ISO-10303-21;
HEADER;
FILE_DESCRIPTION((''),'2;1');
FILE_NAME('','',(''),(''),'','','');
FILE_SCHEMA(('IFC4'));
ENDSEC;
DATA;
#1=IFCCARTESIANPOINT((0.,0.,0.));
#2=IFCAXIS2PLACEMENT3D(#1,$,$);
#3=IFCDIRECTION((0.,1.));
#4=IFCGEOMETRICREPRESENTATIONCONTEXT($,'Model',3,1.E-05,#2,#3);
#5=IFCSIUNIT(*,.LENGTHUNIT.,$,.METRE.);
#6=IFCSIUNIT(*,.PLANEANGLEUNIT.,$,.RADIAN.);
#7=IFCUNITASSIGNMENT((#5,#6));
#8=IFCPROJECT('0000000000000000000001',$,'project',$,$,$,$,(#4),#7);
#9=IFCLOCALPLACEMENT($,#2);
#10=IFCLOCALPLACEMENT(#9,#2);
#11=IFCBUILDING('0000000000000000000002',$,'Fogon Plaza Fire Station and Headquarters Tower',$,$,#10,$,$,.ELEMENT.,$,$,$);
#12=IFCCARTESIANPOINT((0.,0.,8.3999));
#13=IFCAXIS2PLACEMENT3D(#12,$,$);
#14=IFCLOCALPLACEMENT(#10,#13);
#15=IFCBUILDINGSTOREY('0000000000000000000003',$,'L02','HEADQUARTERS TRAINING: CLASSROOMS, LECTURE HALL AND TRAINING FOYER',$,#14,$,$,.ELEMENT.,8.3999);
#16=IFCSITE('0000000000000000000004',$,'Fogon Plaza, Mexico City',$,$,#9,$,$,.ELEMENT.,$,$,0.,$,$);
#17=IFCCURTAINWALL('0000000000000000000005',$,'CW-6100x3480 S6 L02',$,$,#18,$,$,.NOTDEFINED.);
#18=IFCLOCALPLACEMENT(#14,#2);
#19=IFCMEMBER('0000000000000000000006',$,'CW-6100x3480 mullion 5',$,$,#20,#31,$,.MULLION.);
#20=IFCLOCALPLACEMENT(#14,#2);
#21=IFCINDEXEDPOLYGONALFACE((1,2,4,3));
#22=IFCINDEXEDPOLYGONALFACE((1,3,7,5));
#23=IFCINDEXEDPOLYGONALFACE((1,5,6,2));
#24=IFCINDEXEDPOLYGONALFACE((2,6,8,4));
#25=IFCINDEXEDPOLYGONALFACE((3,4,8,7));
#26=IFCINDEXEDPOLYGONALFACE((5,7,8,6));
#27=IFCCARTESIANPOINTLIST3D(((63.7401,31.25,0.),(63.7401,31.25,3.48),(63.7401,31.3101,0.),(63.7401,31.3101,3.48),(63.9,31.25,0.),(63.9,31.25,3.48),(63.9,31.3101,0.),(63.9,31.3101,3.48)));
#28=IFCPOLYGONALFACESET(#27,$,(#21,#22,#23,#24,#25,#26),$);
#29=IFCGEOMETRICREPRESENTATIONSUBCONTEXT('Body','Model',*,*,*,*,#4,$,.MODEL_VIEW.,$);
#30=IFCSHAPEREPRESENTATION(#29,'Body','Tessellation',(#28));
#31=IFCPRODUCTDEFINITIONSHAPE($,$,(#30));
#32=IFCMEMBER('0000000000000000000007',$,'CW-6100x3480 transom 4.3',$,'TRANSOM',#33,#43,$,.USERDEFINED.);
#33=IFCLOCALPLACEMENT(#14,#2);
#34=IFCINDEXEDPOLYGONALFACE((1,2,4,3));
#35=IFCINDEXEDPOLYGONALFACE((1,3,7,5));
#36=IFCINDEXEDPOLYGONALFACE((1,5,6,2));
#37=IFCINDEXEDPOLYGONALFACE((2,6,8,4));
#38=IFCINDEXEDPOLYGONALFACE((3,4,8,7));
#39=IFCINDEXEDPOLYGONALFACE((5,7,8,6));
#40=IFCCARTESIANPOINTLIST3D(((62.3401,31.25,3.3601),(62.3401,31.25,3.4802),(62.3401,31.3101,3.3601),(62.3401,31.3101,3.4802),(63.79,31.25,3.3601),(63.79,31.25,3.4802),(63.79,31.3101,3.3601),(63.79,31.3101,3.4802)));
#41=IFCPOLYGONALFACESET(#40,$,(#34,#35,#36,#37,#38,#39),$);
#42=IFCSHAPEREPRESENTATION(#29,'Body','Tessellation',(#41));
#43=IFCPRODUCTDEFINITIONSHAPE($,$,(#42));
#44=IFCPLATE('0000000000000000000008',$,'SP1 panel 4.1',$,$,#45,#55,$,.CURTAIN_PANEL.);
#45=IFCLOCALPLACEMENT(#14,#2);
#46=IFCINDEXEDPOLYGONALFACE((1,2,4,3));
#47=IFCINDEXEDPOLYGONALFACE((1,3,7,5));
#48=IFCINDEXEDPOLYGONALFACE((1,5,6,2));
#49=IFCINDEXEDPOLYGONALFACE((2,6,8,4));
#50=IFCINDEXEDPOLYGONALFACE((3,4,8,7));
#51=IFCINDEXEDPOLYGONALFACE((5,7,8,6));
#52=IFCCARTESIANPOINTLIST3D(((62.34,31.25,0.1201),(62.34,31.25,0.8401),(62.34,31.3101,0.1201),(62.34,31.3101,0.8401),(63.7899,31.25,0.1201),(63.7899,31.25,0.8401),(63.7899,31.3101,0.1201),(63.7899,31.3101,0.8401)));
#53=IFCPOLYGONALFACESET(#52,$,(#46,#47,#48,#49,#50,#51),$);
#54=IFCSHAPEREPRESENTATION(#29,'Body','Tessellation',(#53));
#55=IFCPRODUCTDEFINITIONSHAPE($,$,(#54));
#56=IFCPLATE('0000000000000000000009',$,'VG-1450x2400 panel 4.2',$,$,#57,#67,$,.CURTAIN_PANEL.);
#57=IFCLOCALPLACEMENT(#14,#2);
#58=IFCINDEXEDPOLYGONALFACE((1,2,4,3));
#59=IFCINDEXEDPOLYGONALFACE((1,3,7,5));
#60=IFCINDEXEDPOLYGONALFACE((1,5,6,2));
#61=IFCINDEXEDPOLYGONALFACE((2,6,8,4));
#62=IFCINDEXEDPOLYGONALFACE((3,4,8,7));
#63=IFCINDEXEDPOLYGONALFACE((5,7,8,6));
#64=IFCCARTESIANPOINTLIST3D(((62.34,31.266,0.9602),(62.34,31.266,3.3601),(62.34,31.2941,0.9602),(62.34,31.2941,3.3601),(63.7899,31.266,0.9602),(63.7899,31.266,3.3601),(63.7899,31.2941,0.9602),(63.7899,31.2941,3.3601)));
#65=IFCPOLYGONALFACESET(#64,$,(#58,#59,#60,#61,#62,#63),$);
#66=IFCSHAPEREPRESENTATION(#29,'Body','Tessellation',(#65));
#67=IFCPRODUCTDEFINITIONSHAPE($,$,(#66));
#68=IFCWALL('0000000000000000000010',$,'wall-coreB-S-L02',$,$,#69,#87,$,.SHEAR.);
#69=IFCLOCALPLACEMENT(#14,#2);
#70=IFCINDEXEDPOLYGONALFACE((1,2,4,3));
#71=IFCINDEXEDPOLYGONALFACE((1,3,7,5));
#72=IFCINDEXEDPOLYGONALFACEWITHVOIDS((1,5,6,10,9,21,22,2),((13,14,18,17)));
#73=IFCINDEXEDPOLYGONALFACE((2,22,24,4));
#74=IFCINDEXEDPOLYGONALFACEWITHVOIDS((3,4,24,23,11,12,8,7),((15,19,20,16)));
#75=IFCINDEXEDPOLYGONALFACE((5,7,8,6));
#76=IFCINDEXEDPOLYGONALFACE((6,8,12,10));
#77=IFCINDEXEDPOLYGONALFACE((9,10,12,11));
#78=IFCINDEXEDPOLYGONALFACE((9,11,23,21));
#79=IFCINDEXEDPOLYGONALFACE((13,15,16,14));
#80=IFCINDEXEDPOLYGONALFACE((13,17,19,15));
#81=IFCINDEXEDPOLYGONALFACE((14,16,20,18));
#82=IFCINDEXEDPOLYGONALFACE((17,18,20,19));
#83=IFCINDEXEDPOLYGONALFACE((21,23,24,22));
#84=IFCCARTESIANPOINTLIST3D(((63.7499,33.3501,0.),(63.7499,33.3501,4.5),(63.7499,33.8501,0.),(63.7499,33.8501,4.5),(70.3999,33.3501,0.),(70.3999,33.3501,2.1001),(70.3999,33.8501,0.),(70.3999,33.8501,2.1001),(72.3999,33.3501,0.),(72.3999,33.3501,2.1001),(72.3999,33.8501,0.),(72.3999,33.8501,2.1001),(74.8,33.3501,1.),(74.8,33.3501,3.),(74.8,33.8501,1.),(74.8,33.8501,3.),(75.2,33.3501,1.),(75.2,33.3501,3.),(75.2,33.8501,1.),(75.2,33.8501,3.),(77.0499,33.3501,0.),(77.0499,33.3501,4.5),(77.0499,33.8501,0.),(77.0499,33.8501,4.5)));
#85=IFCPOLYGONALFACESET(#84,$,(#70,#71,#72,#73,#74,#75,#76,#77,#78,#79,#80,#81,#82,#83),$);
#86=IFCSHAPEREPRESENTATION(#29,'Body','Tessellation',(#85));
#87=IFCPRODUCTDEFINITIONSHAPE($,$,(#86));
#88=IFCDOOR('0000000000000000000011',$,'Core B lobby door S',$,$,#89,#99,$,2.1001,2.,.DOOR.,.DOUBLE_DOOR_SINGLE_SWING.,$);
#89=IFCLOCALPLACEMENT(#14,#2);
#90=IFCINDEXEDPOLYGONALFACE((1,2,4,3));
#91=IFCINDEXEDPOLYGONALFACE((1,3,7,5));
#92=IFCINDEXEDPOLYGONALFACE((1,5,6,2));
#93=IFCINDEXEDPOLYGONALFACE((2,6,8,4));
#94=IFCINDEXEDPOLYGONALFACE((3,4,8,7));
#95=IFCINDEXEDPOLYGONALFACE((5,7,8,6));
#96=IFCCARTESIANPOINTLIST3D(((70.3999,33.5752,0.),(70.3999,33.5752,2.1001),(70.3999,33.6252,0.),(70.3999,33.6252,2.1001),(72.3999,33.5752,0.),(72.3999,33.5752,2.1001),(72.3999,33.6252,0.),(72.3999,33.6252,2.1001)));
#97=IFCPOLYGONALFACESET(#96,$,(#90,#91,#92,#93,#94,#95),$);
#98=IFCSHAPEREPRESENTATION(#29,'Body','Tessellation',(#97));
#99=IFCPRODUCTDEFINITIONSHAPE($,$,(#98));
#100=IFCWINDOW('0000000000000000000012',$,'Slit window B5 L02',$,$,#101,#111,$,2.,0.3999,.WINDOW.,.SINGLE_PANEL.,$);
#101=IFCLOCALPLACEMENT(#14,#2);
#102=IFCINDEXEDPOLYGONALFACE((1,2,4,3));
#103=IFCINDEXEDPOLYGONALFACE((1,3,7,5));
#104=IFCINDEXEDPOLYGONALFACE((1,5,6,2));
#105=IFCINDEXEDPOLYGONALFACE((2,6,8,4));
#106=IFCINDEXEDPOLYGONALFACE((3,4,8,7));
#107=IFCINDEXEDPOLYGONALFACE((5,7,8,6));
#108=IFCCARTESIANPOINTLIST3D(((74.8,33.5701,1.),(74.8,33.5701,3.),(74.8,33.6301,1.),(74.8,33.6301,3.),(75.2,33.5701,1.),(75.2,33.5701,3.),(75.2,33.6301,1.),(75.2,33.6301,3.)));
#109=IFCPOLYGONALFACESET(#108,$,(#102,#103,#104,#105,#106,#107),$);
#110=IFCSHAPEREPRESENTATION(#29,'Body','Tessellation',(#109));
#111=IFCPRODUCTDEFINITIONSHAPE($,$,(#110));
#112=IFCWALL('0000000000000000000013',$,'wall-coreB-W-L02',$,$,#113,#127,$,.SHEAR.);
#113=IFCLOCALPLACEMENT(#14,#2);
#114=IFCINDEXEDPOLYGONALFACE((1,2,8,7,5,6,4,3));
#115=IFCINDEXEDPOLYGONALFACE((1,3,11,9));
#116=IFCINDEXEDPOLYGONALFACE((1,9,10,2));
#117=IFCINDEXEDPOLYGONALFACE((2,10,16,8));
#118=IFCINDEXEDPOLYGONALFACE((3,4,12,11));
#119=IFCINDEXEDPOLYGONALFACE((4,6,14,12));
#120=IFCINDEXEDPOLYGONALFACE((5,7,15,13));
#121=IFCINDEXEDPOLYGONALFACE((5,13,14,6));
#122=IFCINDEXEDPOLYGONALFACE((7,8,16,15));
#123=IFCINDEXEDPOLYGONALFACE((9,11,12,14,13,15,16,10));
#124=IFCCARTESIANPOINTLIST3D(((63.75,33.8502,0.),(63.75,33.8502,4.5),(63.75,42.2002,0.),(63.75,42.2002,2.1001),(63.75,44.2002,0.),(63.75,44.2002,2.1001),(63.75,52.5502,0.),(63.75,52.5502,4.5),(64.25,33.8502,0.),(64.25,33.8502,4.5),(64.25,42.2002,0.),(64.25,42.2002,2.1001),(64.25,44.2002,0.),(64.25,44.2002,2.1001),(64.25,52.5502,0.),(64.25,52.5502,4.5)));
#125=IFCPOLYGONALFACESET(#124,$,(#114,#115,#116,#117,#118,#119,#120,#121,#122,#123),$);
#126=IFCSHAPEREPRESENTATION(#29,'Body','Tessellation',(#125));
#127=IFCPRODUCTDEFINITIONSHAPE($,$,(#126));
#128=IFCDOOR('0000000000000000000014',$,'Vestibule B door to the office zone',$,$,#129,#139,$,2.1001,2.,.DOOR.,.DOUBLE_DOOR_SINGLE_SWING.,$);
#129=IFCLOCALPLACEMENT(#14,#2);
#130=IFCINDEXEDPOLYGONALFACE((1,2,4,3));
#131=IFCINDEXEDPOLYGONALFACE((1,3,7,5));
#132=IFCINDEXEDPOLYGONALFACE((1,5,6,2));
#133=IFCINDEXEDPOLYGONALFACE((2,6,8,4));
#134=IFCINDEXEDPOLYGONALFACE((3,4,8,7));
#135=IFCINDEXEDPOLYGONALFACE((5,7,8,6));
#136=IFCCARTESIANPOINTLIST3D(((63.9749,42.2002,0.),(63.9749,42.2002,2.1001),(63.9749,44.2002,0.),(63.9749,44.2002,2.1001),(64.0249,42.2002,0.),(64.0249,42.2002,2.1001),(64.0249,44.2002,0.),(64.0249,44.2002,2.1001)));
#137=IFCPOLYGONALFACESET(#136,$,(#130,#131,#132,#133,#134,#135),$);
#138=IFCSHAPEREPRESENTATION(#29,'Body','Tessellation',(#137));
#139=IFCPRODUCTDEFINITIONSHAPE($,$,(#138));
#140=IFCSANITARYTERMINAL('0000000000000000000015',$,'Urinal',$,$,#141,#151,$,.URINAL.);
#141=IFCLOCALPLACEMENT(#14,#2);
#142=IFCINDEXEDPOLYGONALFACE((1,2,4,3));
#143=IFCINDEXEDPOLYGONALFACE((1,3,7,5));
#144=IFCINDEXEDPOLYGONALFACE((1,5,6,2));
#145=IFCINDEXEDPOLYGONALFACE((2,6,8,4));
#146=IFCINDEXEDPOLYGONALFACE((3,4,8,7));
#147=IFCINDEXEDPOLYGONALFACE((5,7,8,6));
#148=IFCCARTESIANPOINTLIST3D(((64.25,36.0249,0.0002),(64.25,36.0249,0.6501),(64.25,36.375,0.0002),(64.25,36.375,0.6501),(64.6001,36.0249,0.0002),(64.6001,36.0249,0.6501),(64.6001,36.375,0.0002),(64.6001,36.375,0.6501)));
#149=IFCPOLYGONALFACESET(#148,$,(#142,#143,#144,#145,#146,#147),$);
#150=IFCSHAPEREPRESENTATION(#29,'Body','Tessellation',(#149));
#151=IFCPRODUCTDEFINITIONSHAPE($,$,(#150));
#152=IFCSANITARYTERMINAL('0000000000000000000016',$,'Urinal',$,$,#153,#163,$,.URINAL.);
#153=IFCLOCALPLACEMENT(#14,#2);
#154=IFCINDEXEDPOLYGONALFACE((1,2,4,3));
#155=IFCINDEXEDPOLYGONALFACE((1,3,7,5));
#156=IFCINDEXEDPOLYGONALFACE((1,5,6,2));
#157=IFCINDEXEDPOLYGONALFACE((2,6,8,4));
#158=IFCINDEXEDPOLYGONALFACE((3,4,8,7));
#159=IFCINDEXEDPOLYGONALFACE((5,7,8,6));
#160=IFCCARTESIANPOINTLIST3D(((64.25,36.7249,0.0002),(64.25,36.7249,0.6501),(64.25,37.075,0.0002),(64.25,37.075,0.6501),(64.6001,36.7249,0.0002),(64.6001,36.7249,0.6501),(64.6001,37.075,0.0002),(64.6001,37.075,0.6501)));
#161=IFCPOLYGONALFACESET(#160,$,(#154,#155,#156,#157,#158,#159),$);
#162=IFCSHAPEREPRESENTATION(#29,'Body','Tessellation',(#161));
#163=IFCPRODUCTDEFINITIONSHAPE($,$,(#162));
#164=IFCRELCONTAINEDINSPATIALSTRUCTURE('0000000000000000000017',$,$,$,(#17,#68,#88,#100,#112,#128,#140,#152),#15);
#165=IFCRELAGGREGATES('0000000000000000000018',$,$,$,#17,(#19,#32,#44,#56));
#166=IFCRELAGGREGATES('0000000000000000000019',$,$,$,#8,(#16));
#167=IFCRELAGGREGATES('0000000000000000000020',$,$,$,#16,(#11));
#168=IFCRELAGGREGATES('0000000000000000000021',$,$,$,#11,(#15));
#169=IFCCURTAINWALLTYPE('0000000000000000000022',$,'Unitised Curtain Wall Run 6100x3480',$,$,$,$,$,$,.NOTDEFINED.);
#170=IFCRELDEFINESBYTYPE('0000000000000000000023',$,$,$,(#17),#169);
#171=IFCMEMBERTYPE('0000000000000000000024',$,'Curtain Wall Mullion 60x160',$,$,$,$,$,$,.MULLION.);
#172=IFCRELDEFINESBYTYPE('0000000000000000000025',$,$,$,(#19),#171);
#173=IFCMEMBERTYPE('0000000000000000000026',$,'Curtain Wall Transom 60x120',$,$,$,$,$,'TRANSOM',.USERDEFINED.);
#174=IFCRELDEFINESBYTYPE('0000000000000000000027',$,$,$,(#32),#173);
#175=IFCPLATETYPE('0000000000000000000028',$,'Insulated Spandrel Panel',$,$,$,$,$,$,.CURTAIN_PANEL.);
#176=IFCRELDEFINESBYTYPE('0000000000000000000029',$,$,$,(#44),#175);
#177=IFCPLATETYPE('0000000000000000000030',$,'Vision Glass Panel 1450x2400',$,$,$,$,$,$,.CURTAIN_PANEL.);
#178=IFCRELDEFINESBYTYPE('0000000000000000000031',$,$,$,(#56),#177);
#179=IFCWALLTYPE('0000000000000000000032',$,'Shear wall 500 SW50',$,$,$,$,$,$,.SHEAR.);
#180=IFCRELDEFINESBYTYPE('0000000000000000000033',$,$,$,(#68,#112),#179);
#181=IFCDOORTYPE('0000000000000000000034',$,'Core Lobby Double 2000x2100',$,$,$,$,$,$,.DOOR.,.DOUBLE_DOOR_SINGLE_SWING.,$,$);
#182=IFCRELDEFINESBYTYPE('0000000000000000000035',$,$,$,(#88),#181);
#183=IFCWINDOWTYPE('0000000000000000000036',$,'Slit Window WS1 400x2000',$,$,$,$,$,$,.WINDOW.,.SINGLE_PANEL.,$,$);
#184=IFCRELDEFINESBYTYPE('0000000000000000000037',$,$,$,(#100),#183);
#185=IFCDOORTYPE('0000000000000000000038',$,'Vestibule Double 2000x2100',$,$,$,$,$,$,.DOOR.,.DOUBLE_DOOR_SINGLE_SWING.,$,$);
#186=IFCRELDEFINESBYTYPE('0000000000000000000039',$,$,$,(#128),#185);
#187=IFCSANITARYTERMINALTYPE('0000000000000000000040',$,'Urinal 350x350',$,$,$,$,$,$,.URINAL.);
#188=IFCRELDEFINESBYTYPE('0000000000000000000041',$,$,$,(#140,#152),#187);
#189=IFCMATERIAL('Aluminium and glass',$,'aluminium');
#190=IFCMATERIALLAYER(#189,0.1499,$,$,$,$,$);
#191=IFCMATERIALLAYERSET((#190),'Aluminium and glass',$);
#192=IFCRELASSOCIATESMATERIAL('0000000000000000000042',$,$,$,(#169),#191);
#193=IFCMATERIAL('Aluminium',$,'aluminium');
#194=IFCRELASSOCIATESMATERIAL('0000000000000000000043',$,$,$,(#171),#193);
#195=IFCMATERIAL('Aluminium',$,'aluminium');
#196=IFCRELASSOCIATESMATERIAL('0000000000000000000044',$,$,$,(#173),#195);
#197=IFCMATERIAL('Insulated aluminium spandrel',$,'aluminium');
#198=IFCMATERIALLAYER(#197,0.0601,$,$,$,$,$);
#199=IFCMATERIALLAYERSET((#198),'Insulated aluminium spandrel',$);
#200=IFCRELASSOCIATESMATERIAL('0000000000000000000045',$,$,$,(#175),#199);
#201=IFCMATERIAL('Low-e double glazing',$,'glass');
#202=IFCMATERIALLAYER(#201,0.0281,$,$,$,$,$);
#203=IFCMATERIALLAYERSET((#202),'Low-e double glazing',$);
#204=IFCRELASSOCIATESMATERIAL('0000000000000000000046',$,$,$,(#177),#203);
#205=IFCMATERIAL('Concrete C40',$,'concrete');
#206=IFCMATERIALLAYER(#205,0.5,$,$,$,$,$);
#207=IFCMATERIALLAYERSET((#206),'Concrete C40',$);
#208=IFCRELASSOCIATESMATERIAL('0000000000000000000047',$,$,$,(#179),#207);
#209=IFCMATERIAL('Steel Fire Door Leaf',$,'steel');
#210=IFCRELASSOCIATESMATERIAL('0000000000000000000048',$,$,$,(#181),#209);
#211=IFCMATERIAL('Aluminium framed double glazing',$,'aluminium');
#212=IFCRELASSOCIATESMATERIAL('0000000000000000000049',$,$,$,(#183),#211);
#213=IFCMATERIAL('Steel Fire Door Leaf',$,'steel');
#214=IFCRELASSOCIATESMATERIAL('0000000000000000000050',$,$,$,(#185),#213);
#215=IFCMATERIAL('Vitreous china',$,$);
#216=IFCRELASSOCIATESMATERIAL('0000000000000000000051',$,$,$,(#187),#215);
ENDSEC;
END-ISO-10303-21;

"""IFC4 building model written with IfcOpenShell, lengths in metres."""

from ifc_helpers import new_model, si_unit, direction, frame, frame_2d, origin, origin_2d, place, context, subcontext, project, spatial, rectangle, extrude, material, layer, layer_set, material_profile, profile_set, type_object, element, fill, aggregate, save


model = new_model("IFC4")

# Units and contexts
model_context = context("Model", 3, precision=1e-05, world=origin(), true_north=direction((0.0, 1.0)))
body_context = subcontext(model_context, "Body", "Model", "MODEL_VIEW")
ifc_project = project(units=[si_unit("LENGTHUNIT", "METRE"), si_unit("PLANEANGLEUNIT", "RADIAN")], contexts=[model_context])

# Site, building, storey
site_placement = place(None, origin())
site = spatial("IfcSite", under=ifc_project, at=site_placement, Name="Fogon Plaza, Mexico City", CompositionType="ELEMENT", RefElevation=0.0)
building_placement = place(site_placement, origin())
building = spatial("IfcBuilding", under=site, at=building_placement, Name="Fogon Plaza Fire Station and Headquarters Tower", CompositionType="ELEMENT")
storey_placement = place(building_placement, frame((0.0, 0.0, 8.3999)))
storey = spatial("IfcBuildingStorey", under=building, at=storey_placement, Name="L02", Description="HEADQUARTERS TRAINING: CLASSROOMS, LECTURE HALL AND TRAINING FOYER", CompositionType="ELEMENT", Elevation=8.3999)

# Curtain wall, members, plates
ifc_material_1 = material(Name="Aluminium and glass", Category="aluminium")
ifc_layer_1 = layer(ifc_material_1, 0.1499)
ifc_layer_set_1 = layer_set([ifc_layer_1], Name="Aluminium and glass")
curtain_wall_type = type_object("IfcCurtainWallType", Name="Unitised Curtain Wall Run 6100x3480", PredefinedType="NOTDEFINED", material=ifc_layer_set_1)
curtain_wall_placement = place(storey_placement, origin())
curtain_wall = element("IfcCurtainWall", 1, at=curtain_wall_placement, inside=storey, type_object=curtain_wall_type, Name="CW-6100x3480 S6 L02", PredefinedType="NOTDEFINED")
ifc_material_2 = material(Name="Aluminium", Category="aluminium")
ifc_material_profile_1 = material_profile(ifc_material_2, rectangle(XDim=0.0601, YDim=0.1599, at=origin_2d()), Name="Curtain Wall Mullion 60x160")
ifc_profile_set_1 = profile_set([ifc_material_profile_1], Name="Aluminium")
member_type_1 = type_object("IfcMemberType", Name="Curtain Wall Mullion 60x160", PredefinedType="MULLION", material=ifc_profile_set_1)
member_1_placement = place(storey_placement, frame((63.8201, 31.28, 0.0), z_axis=(0.0, 0.0, 1.0), x_axis=(0.0, 1.0, 0.0)))
member_1 = element("IfcMember", 2, at=member_1_placement, type_object=member_type_1, Name="CW-6100x3480 mullion 5", PredefinedType="MULLION", context=body_context, shape_type="SweptSolid", body=[
    extrude(rectangle(XDim=0.0601, YDim=0.1599, at=origin_2d()), origin(), (0.0, 0.0, 1.0), 3.48),
])
ifc_material_3 = material(Name="Aluminium", Category="aluminium")
ifc_material_profile_2 = material_profile(ifc_material_3, rectangle(XDim=0.0601, YDim=0.1201, at=origin_2d()), Name="Curtain Wall Transom 60x120")
ifc_profile_set_2 = profile_set([ifc_material_profile_2], Name="Aluminium")
member_type_2 = type_object("IfcMemberType", Name="Curtain Wall Transom 60x120", ElementType="TRANSOM", PredefinedType="USERDEFINED", material=ifc_profile_set_2)
member_2_placement = place(storey_placement, frame((62.3401, 31.28, 3.4202), z_axis=(1.0, 0.0, 0.0), x_axis=(0.0, 1.0, 0.0)))
member_2 = element("IfcMember", 3, at=member_2_placement, type_object=member_type_2, Name="CW-6100x3480 transom 4.3", ObjectType="TRANSOM", PredefinedType="USERDEFINED", context=body_context, shape_type="SweptSolid", body=[
    extrude(rectangle(XDim=0.0601, YDim=0.1201, at=origin_2d()), origin(), (0.0, 0.0, 1.0), 1.45),
])
ifc_material_4 = material(Name="Insulated aluminium spandrel", Category="aluminium")
ifc_layer_2 = layer(ifc_material_4, 0.0601)
ifc_layer_set_2 = layer_set([ifc_layer_2], Name="Insulated aluminium spandrel")
plate_type_1 = type_object("IfcPlateType", Name="Insulated Spandrel Panel", PredefinedType="CURTAIN_PANEL", material=ifc_layer_set_2)
plate_1_placement = place(storey_placement, frame((63.0649, 31.28, 0.1201), z_axis=(0.0, 0.0, 1.0), x_axis=(1.0, 0.0, 0.0)))
plate_1 = element("IfcPlate", 4, at=plate_1_placement, type_object=plate_type_1, Name="SP1 panel 4.1", PredefinedType="CURTAIN_PANEL", context=body_context, shape_type="SweptSolid", body=[
    extrude(rectangle(XDim=1.45, YDim=0.0601, at=origin_2d()), origin(), (0.0, 0.0, 1.0), 0.72),
])
ifc_material_5 = material(Name="Low-e double glazing", Category="glass")
ifc_layer_3 = layer(ifc_material_5, 0.0281)
ifc_layer_set_3 = layer_set([ifc_layer_3], Name="Low-e double glazing")
plate_type_2 = type_object("IfcPlateType", Name="Vision Glass Panel 1450x2400", PredefinedType="CURTAIN_PANEL", material=ifc_layer_set_3)
plate_2_placement = place(storey_placement, frame((63.0649, 31.28, 0.9602), z_axis=(0.0, 0.0, 1.0), x_axis=(1.0, 0.0, 0.0)))
plate_2 = element("IfcPlate", 5, at=plate_2_placement, type_object=plate_type_2, Name="VG-1450x2400 panel 4.2", PredefinedType="CURTAIN_PANEL", context=body_context, shape_type="SweptSolid", body=[
    extrude(rectangle(XDim=1.45, YDim=0.0281, at=origin_2d()), origin(), (0.0, 0.0, 1.0), 2.3999),
])
aggregate(curtain_wall, [member_1, member_2, plate_1, plate_2])

# Wall, openings, door, window
ifc_material_6 = material(Name="Concrete C40", Category="concrete")
ifc_layer_4 = layer(ifc_material_6, 0.5)
ifc_layer_set_4 = layer_set([ifc_layer_4], Name="Concrete C40")
wall_type = type_object("IfcWallType", Name="Shear wall 500 SW50", PredefinedType="SHEAR", material=ifc_layer_set_4)
wall_1_placement = place(storey_placement, frame((63.75, 33.6001, 0.0), z_axis=(0.0, 0.0, 1.0), x_axis=(1.0, 0.0, 0.0)))
wall_1 = element("IfcWall", 6, at=wall_1_placement, inside=storey, type_object=wall_type, Name="wall-coreB-S-L02", PredefinedType="SHEAR", context=body_context, shape_type="SweptSolid", body=[
    extrude(rectangle(XDim=13.3, YDim=0.5, at=frame_2d((6.6499, 0.0))), origin(), (0.0, 0.0, 1.0), 4.5),
])
opening_1_placement = place(wall_1_placement, frame((11.05, 0.0, 1.0)))
opening_1 = element("IfcOpeningElement", 7, at=opening_1_placement, cuts=wall_1, PredefinedType="OPENING", context=body_context, shape_type="SweptSolid", body=[
    extrude(rectangle(XDim=0.3999, YDim=2.0, at=frame_2d((0.2, 1.0))), frame((0.0, 0.26, 0.0), z_axis=(0.0, -1.0, 0.0), x_axis=(1.0, 0.0, 0.0)), (0.0, 0.0, 1.0), 0.52),
])
opening_2_placement = place(wall_1_placement, frame((6.6499, 0.0, 0.0)))
opening_2 = element("IfcOpeningElement", 8, at=opening_2_placement, cuts=wall_1, PredefinedType="OPENING", context=body_context, shape_type="SweptSolid", body=[
    extrude(rectangle(XDim=2.0, YDim=2.1001, at=frame_2d((1.0, 1.05))), frame((0.0, 0.26, 0.0), z_axis=(0.0, -1.0, 0.0), x_axis=(1.0, 0.0, 0.0)), (0.0, 0.0, 1.0), 0.52),
])
ifc_material_7 = material(Name="Steel Fire Door Leaf", Category="steel")
door_type_1 = type_object("IfcDoorType", Name="Core Lobby Double 2000x2100", OperationType="DOUBLE_DOOR_SINGLE_SWING", PredefinedType="DOOR", material=ifc_material_7)
door_1_placement = place(opening_2_placement, frame((2.0, 0.0, 0.0), z_axis=(0.0, 0.0, 1.0), x_axis=(-1.0, 0.0, 0.0)))
door_1 = element("IfcDoor", 9, at=door_1_placement, inside=storey, type_object=door_type_1, Name="Core B lobby door S", OperationType="DOUBLE_DOOR_SINGLE_SWING", OverallHeight=2.1001, OverallWidth=2.0, PredefinedType="DOOR", context=body_context, shape_type="SweptSolid", body=[
    extrude(rectangle(XDim=2.0, YDim=2.1001, at=frame_2d((1.0, 1.05))), frame((0.0, 0.0249, 0.0), z_axis=(0.0, -1.0, 0.0), x_axis=(1.0, 0.0, 0.0)), (0.0, 0.0, 1.0), 0.05),
])
fill(opening_2, door_1)
ifc_material_8 = material(Name="Aluminium framed double glazing", Category="aluminium")
window_type = type_object("IfcWindowType", Name="Slit Window WS1 400x2000", PartitioningType="SINGLE_PANEL", PredefinedType="WINDOW", material=ifc_material_8)
window_placement = place(opening_1_placement, origin())
window = element("IfcWindow", 10, at=window_placement, inside=storey, type_object=window_type, Name="Slit window B5 L02", OverallHeight=2.0, OverallWidth=0.3999, PartitioningType="SINGLE_PANEL", PredefinedType="WINDOW", context=body_context, shape_type="SweptSolid", body=[
    extrude(rectangle(XDim=0.3999, YDim=2.0, at=frame_2d((0.2, 1.0))), frame((0.0, 0.03, 0.0), z_axis=(0.0, -1.0, 0.0), x_axis=(1.0, 0.0, 0.0)), (0.0, 0.0, 1.0), 0.0601),
])
fill(opening_1, window)

# Wall, opening, door
wall_2_placement = place(storey_placement, frame((64.0, 33.8501, 0.0), z_axis=(0.0, 0.0, 1.0), x_axis=(0.0, 1.0, 0.0)))
wall_2 = element("IfcWall", 11, at=wall_2_placement, inside=storey, type_object=wall_type, Name="wall-coreB-W-L02", PredefinedType="SHEAR", context=body_context, shape_type="SweptSolid", body=[
    extrude(rectangle(XDim=18.7, YDim=0.5, at=frame_2d((9.3501, 0.0))), origin(), (0.0, 0.0, 1.0), 4.5),
])
opening_3_placement = place(wall_2_placement, frame((8.3501, 0.0, 0.0)))
opening_3 = element("IfcOpeningElement", 12, at=opening_3_placement, cuts=wall_2, PredefinedType="OPENING", context=body_context, shape_type="SweptSolid", body=[
    extrude(rectangle(XDim=2.0, YDim=2.1001, at=frame_2d((1.0, 1.05))), frame((0.0, 0.26, 0.0), z_axis=(0.0, -1.0, 0.0), x_axis=(1.0, 0.0, 0.0)), (0.0, 0.0, 1.0), 0.52),
])
ifc_material_9 = material(Name="Steel Fire Door Leaf", Category="steel")
door_type_2 = type_object("IfcDoorType", Name="Vestibule Double 2000x2100", OperationType="DOUBLE_DOOR_SINGLE_SWING", PredefinedType="DOOR", material=ifc_material_9)
door_2_placement = place(opening_3_placement, frame((2.0, 0.0, 0.0), z_axis=(0.0, 0.0, 1.0), x_axis=(-1.0, 0.0, 0.0)))
door_2 = element("IfcDoor", 13, at=door_2_placement, inside=storey, type_object=door_type_2, Name="Vestibule B door to the office zone", OperationType="DOUBLE_DOOR_SINGLE_SWING", OverallHeight=2.1001, OverallWidth=2.0, PredefinedType="DOOR", context=body_context, shape_type="SweptSolid", body=[
    extrude(rectangle(XDim=2.0, YDim=2.1001, at=frame_2d((1.0, 1.05))), frame((0.0, 0.0249, 0.0), z_axis=(0.0, -1.0, 0.0), x_axis=(1.0, 0.0, 0.0)), (0.0, 0.0, 1.0), 0.05),
])
fill(opening_3, door_2)

# Sanitary terminals
ifc_material_10 = material(Name="Vitreous china")
sanitary_terminal_type_1 = type_object("IfcSanitaryTerminalType", Name="Urinal 350x350", PredefinedType="URINAL", material=ifc_material_10)
for number, where, z_axis, x_axis, name in (
    (14, (64.425, 36.2, 0.0002), (0.0, 0.0, 1.0), (1.0, 0.0, 0.0), "Urinal"),
    (15, (64.425, 36.8999, 0.0002), (0.0, 0.0, 1.0), (1.0, 0.0, 0.0), "Urinal"),
):
    element("IfcSanitaryTerminal", number, at=place(storey_placement, frame(where, z_axis=z_axis, x_axis=x_axis)), inside=storey, type_object=sanitary_terminal_type_1, Name=name, PredefinedType="URINAL", context=body_context, shape_type="SweptSolid", body=[
        extrude(rectangle(XDim=0.3501, YDim=0.3501, at=origin_2d()), origin(), (0.0, 0.0, 1.0), 0.6499),
    ])

save(model, "model.ifc")
